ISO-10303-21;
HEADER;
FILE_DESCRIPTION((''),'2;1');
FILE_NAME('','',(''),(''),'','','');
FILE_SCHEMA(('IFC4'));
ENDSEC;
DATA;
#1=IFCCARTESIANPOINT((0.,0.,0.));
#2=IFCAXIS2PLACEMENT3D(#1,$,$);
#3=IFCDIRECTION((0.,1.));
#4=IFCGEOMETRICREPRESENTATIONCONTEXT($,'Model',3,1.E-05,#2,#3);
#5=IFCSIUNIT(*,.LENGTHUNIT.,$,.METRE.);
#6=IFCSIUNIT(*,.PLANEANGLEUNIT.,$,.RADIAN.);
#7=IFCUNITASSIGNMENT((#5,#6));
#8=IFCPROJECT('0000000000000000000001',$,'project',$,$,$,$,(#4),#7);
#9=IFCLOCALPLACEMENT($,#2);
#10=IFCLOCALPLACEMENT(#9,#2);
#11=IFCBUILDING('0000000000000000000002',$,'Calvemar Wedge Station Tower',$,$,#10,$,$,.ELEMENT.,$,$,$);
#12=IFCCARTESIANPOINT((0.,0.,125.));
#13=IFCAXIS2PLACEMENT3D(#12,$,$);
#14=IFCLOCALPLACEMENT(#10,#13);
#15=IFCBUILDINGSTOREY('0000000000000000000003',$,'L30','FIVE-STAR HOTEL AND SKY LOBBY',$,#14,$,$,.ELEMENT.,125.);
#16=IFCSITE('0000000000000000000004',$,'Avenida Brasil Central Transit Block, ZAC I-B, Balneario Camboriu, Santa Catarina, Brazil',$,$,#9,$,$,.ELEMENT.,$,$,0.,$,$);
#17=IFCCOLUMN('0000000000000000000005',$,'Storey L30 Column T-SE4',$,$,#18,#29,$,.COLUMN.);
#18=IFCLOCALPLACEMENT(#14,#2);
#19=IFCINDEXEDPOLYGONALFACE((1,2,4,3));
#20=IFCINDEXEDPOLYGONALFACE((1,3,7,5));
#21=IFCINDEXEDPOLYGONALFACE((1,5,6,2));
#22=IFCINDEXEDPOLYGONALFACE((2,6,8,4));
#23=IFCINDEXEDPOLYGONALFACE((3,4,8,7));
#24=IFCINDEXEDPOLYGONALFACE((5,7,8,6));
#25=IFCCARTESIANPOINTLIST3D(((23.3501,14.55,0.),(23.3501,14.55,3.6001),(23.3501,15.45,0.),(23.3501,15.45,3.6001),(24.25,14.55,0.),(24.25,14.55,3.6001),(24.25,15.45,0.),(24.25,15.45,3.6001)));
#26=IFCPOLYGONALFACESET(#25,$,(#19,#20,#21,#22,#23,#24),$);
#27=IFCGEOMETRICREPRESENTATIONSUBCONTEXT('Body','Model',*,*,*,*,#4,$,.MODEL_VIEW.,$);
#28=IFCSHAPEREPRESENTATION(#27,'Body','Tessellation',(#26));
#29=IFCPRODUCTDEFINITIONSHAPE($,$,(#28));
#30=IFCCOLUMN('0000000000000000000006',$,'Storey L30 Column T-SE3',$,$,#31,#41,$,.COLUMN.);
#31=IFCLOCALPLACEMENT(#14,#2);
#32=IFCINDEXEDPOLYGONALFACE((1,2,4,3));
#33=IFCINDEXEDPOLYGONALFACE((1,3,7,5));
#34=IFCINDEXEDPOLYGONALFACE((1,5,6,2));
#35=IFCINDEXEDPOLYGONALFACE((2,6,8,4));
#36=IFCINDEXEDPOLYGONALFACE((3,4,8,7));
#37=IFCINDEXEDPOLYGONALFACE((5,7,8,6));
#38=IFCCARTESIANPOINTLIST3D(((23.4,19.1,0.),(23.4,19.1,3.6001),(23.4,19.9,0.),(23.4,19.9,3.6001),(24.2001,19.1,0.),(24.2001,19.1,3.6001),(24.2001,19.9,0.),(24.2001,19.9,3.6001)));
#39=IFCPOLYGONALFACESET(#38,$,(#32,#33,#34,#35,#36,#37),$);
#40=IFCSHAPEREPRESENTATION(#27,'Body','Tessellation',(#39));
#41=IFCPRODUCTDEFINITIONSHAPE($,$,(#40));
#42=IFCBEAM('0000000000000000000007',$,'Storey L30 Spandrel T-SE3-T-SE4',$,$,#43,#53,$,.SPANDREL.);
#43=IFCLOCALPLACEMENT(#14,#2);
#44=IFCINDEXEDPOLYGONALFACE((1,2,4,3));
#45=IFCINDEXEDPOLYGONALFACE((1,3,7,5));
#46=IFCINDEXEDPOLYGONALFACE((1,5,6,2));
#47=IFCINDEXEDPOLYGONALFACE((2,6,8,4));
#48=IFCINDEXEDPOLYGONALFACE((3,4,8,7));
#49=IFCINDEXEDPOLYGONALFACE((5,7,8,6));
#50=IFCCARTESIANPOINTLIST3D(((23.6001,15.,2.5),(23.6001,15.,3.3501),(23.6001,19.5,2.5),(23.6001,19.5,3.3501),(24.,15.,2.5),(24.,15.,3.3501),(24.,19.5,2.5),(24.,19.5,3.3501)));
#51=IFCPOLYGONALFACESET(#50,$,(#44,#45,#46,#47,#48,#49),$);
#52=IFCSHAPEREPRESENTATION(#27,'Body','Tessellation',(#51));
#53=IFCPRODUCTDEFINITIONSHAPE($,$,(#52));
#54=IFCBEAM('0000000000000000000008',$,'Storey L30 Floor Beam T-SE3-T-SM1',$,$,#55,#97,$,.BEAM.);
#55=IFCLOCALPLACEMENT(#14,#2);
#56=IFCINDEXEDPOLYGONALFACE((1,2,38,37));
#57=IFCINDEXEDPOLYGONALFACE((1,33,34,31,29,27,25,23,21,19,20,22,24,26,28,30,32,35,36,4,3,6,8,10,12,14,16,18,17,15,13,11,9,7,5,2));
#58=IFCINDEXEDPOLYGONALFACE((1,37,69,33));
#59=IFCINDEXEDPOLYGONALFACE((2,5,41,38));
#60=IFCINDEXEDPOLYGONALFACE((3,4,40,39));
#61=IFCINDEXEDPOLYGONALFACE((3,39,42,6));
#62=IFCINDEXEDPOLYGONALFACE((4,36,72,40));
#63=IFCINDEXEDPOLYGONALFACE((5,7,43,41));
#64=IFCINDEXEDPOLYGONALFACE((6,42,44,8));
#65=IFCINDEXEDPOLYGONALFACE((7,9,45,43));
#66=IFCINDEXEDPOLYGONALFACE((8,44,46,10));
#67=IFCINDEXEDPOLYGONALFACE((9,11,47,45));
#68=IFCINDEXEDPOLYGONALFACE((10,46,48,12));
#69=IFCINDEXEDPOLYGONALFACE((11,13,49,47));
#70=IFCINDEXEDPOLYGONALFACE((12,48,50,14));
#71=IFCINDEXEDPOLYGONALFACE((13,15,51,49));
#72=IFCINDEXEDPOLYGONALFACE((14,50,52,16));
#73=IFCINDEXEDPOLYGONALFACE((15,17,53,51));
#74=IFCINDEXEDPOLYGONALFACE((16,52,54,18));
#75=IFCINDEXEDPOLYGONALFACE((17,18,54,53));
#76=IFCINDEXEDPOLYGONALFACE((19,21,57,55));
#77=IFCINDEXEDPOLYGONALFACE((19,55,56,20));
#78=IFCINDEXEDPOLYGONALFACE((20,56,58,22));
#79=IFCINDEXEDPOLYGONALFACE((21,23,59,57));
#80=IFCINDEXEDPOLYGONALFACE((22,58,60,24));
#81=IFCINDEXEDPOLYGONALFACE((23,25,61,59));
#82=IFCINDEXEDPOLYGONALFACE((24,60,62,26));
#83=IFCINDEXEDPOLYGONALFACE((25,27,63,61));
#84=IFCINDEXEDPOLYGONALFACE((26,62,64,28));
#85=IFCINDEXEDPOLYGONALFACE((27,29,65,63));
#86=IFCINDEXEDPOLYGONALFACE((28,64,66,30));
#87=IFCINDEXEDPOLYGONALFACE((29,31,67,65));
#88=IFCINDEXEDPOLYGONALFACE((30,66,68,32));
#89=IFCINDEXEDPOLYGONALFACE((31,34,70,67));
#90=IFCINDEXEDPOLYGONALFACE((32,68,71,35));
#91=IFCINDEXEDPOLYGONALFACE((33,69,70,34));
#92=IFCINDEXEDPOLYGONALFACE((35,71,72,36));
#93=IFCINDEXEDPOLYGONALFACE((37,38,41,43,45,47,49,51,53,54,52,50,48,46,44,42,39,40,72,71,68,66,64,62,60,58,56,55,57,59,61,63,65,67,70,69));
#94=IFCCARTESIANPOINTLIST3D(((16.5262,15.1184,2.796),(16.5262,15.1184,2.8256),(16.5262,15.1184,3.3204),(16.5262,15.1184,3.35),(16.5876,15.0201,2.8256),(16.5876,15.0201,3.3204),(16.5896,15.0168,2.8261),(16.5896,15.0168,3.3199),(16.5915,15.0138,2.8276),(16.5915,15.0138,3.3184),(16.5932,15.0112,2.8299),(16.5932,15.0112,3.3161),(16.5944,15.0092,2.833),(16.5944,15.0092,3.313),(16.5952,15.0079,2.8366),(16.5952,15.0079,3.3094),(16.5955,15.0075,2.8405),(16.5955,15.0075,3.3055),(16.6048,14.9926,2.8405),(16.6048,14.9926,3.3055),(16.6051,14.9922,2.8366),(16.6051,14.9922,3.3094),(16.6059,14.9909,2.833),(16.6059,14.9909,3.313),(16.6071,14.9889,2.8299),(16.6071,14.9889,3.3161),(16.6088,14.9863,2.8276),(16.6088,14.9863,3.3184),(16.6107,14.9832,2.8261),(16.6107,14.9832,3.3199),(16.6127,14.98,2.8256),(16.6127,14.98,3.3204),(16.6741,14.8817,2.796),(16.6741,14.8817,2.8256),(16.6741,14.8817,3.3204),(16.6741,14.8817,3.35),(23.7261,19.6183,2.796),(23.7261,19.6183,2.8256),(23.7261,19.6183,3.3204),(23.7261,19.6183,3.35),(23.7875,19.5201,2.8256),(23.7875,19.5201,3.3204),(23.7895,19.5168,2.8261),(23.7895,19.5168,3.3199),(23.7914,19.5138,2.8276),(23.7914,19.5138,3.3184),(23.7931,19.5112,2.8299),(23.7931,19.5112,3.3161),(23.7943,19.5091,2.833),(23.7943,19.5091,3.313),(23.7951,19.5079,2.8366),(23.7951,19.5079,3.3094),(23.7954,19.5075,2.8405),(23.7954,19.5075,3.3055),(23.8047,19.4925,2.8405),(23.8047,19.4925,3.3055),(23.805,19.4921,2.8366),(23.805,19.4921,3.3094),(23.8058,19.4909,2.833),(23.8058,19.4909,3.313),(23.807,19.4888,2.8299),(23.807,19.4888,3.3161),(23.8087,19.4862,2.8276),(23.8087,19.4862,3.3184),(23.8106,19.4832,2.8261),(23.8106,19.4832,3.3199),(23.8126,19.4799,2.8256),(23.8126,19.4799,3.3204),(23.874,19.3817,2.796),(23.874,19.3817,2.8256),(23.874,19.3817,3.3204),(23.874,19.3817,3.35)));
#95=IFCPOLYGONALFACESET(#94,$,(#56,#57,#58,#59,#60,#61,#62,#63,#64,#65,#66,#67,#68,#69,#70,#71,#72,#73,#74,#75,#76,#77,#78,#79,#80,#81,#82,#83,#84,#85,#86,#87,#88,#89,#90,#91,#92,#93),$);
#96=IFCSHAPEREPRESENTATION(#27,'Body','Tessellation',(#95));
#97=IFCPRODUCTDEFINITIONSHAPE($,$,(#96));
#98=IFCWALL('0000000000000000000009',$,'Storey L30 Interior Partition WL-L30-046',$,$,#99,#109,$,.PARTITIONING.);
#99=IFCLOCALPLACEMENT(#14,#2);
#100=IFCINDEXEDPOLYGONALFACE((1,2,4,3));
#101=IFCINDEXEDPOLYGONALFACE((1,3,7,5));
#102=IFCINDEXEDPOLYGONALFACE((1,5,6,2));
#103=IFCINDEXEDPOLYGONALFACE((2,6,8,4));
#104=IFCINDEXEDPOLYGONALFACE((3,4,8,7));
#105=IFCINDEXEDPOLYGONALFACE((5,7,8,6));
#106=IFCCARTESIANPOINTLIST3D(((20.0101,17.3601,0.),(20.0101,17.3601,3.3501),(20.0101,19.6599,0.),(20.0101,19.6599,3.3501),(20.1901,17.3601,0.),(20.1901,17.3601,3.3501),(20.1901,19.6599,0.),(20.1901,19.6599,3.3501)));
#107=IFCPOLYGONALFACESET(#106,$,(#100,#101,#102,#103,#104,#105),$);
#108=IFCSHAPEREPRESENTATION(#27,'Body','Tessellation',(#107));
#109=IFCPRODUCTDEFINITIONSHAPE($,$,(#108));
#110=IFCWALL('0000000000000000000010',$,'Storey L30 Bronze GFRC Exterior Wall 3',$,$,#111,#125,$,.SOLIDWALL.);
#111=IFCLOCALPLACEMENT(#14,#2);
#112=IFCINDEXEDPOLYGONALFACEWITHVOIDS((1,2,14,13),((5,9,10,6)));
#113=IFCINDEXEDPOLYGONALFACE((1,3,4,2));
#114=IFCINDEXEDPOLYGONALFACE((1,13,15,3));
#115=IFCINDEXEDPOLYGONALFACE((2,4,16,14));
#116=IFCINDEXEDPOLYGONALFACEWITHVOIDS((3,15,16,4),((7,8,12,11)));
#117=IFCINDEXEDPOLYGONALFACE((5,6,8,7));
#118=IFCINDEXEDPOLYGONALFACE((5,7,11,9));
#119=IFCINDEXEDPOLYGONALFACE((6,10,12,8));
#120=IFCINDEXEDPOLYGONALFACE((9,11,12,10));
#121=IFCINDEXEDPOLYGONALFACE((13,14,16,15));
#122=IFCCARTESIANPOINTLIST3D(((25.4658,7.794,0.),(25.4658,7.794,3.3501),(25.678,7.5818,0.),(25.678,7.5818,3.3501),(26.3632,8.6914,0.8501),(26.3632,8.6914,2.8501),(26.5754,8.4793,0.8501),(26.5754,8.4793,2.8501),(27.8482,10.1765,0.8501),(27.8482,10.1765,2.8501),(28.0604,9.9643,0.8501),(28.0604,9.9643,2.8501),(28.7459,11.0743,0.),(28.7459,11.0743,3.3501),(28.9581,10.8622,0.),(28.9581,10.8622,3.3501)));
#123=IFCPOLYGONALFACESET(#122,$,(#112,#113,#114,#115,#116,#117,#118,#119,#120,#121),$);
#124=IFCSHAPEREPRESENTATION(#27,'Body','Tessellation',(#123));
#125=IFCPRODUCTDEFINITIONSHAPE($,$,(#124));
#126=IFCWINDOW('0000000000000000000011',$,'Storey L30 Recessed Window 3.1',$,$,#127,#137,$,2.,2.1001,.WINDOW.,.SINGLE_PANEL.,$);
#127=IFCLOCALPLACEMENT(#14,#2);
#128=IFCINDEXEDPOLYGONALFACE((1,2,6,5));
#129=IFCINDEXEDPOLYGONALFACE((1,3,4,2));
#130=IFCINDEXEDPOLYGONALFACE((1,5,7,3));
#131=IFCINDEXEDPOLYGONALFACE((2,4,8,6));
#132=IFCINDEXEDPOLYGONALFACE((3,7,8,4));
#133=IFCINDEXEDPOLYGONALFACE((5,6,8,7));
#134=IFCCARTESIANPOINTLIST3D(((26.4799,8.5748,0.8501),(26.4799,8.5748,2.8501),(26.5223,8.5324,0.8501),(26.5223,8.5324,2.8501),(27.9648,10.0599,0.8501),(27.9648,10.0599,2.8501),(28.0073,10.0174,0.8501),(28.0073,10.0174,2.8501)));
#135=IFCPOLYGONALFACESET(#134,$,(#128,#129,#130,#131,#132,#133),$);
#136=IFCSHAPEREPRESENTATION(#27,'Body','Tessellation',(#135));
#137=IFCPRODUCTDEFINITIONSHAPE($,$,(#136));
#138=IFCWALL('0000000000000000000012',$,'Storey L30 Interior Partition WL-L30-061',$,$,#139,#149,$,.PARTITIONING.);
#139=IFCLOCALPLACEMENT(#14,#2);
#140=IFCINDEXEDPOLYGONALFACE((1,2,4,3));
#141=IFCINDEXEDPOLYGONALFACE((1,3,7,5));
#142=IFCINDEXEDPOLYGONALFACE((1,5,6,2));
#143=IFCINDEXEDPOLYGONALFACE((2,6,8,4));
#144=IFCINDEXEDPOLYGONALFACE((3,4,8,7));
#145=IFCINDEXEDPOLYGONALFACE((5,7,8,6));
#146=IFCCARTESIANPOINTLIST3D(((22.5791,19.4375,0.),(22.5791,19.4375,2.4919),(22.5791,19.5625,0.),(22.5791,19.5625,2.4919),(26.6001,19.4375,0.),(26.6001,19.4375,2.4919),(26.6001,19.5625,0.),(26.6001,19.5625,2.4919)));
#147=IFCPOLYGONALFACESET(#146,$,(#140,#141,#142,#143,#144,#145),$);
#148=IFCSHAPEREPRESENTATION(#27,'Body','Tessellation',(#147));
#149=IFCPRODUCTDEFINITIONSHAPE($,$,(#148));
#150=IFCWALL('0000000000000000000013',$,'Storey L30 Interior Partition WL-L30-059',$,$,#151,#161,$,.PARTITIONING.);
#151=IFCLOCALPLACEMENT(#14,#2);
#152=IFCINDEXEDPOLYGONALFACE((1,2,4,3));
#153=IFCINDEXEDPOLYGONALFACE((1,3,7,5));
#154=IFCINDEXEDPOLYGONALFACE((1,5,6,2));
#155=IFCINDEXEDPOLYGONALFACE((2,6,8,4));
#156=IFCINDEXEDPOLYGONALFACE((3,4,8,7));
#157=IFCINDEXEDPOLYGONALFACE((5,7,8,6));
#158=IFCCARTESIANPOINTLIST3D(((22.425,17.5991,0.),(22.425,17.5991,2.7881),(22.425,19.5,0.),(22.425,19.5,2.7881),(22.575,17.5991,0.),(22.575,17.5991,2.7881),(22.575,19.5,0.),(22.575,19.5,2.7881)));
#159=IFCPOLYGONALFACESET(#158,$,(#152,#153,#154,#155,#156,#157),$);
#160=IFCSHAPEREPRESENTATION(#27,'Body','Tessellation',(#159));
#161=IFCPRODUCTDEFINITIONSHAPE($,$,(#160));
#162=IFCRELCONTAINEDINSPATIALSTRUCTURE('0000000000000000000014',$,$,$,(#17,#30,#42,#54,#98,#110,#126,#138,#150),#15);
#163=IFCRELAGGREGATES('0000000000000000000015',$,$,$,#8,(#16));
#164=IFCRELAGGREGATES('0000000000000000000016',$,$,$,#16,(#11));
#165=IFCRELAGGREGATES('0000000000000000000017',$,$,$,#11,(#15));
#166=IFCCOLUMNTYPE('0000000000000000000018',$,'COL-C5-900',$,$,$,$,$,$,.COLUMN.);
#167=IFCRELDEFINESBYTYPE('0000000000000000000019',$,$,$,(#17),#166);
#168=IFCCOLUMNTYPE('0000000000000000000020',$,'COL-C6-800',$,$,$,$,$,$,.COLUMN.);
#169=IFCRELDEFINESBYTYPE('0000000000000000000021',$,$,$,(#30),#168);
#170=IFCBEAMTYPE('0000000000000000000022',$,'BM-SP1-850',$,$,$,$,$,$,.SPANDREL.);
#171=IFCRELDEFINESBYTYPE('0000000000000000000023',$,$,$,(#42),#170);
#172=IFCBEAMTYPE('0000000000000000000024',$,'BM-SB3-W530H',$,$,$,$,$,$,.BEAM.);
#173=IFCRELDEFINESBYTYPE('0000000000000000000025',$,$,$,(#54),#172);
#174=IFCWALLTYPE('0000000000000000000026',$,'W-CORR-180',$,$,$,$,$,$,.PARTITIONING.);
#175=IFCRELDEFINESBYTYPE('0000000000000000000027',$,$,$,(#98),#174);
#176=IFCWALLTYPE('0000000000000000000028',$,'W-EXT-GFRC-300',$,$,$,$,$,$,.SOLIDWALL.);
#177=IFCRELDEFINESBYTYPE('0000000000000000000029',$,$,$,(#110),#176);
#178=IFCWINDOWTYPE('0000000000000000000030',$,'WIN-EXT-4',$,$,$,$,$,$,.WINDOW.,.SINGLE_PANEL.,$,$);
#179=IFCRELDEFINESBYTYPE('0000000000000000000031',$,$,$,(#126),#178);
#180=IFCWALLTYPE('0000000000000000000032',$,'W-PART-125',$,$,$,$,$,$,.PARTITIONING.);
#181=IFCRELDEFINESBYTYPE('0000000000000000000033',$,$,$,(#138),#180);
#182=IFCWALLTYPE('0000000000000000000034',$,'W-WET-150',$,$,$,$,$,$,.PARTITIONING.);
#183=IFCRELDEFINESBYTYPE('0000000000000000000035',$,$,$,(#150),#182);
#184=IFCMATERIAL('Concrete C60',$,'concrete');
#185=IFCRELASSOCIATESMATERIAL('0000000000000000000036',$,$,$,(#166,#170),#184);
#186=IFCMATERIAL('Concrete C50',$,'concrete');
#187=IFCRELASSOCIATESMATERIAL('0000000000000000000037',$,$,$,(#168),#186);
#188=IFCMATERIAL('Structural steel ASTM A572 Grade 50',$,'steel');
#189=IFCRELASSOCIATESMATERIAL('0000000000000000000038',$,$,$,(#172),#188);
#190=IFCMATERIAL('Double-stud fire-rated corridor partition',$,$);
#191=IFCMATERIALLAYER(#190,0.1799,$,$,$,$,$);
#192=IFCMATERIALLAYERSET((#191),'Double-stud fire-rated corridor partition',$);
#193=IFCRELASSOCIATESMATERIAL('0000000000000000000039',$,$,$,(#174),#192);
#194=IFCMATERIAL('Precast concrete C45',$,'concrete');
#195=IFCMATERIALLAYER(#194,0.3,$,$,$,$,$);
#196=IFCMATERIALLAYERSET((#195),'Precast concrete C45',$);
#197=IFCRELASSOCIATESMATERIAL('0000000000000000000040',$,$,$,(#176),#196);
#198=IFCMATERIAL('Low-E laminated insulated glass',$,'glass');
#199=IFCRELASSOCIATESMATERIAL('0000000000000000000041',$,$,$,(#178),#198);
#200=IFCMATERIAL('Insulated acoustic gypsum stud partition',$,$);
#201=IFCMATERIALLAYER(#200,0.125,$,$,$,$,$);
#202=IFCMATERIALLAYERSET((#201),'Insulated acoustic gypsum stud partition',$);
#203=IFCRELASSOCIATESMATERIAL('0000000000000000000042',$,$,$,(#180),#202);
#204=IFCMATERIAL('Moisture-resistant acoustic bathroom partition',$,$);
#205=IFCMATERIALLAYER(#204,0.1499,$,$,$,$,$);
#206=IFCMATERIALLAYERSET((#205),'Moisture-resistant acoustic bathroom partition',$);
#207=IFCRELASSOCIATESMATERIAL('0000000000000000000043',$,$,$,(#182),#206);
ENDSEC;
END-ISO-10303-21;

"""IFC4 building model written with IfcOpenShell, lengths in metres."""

from ifc_helpers import new_model, si_unit, direction, frame, frame_2d, origin, origin_2d, place, context, subcontext, project, spatial, rectangle, i_section, extrude, source, transform, mapped, material, layer, layer_set, material_profile, profile_set, type_object, element, fill, save


model = new_model("IFC4")

# Units and contexts
model_context = context("Model", 3, precision=1e-05, world=origin(), true_north=direction((0.0, 1.0)))
body_context = subcontext(model_context, "Body", "Model", "MODEL_VIEW")
ifc_project = project(units=[si_unit("LENGTHUNIT", "METRE"), si_unit("PLANEANGLEUNIT", "RADIAN")], contexts=[model_context])

# Site, building, storey
site_placement = place(None, origin())
site = spatial("IfcSite", under=ifc_project, at=site_placement, Name="Avenida Brasil Central Transit Block, ZAC I-B, Balneario Camboriu, Santa Catarina, Brazil", CompositionType="ELEMENT", RefElevation=0.0)
building_placement = place(site_placement, origin())
building = spatial("IfcBuilding", under=site, at=building_placement, Name="Calvemar Wedge Station Tower", CompositionType="ELEMENT")
storey_placement = place(building_placement, frame((0.0, 0.0, 125.0)))
storey = spatial("IfcBuildingStorey", under=building, at=storey_placement, Name="L30", Description="FIVE-STAR HOTEL AND SKY LOBBY", CompositionType="ELEMENT", Elevation=125.0)

# Columns
ifc_material_1 = material(Name="Concrete C60", Category="concrete")
ifc_material_profile_1 = material_profile(ifc_material_1, rectangle(XDim=0.8999, YDim=0.8999, at=origin_2d()), Name="RC900x900")
ifc_profile_set_1 = profile_set([ifc_material_profile_1], Name="Concrete C60")
column_type_1 = type_object("IfcColumnType", Name="COL-C5-900", PredefinedType="COLUMN", material=ifc_profile_set_1)
shared_shape_1 = source(origin(), body_context, "Body", "SweptSolid", [
    extrude(rectangle(XDim=0.8999, YDim=0.8999, at=origin_2d()), origin(), (0.0, 0.0, 1.0), 3.6001),
])
column_1_placement = place(storey_placement, frame((23.8, 15.0, 0.0), z_axis=(0.0, 0.0, 1.0), x_axis=(1.0, 0.0, 0.0)))
element("IfcColumn", 1, at=column_1_placement, inside=storey, type_object=column_type_1, Name="Storey L30 Column T-SE4", PredefinedType="COLUMN", context=body_context, shape_type="MappedRepresentation", body=[
    mapped(shared_shape_1, transform((0.0, 0.0, 0.0), scale=1.0)),
])
ifc_material_2 = material(Name="Concrete C50", Category="concrete")
ifc_material_profile_2 = material_profile(ifc_material_2, rectangle(XDim=0.8, YDim=0.8, at=origin_2d()), Name="RC800x800")
ifc_profile_set_2 = profile_set([ifc_material_profile_2], Name="Concrete C50")
column_type_2 = type_object("IfcColumnType", Name="COL-C6-800", PredefinedType="COLUMN", material=ifc_profile_set_2)
shared_shape_2 = source(origin(), body_context, "Body", "SweptSolid", [
    extrude(rectangle(XDim=0.8, YDim=0.8, at=origin_2d()), origin(), (0.0, 0.0, 1.0), 3.6001),
])
column_2_placement = place(storey_placement, frame((23.8, 19.5, 0.0), z_axis=(0.0, 0.0, 1.0), x_axis=(1.0, 0.0, 0.0)))
element("IfcColumn", 2, at=column_2_placement, inside=storey, type_object=column_type_2, Name="Storey L30 Column T-SE3", PredefinedType="COLUMN", context=body_context, shape_type="MappedRepresentation", body=[
    mapped(shared_shape_2, transform((0.0, 0.0, 0.0), scale=1.0)),
])

# Beams
ifc_material_profile_3 = material_profile(ifc_material_1, rectangle(XDim=0.3999, YDim=0.8501, at=origin_2d()), Name="RC400x850")
ifc_profile_set_3 = profile_set([ifc_material_profile_3], Name="Concrete C60")
beam_type_1 = type_object("IfcBeamType", Name="BM-SP1-850", PredefinedType="SPANDREL", material=ifc_profile_set_3)
shared_shape_3 = source(origin(), body_context, "Body", "SweptSolid", [
    extrude(rectangle(XDim=0.3999, YDim=0.8501, at=origin_2d()), origin(), (0.0, 0.0, 1.0), 4.5),
])
beam_1_placement = place(storey_placement, frame((23.8, 19.5, 2.925), z_axis=(0.0, -1.0, 0.0), x_axis=(1.0, 0.0, 0.0)))
element("IfcBeam", 3, at=beam_1_placement, inside=storey, type_object=beam_type_1, Name="Storey L30 Spandrel T-SE3-T-SE4", PredefinedType="SPANDREL", context=body_context, shape_type="MappedRepresentation", body=[
    mapped(shared_shape_3, transform((0.0, 0.0, 0.0), scale=1.0)),
])
ifc_material_3 = material(Name="Structural steel ASTM A572 Grade 50", Category="steel")
ifc_material_profile_4 = material_profile(ifc_material_3, i_section(OverallWidth=0.2791, OverallDepth=0.554, WebThickness=0.0176, FlangeThickness=0.0295, FilletRadius=0.0149, at=origin_2d()), Name="W530x196")
ifc_profile_set_4 = profile_set([ifc_material_profile_4], Name="Structural steel ASTM A572 Grade 50")
beam_type_2 = type_object("IfcBeamType", Name="BM-SB3-W530H", PredefinedType="BEAM", material=ifc_profile_set_4)
shared_shape_4 = source(origin(), body_context, "Body", "SweptSolid", [
    extrude(i_section(OverallWidth=0.2791, OverallDepth=0.554, WebThickness=0.0176, FlangeThickness=0.0295, FilletRadius=0.0149, at=origin_2d()), origin(), (0.0, 0.0, 1.0), 8.4905),
])
beam_2_placement = place(storey_placement, frame((23.8, 19.5, 3.073), z_axis=(-0.847997, -0.530002, 0.0), x_axis=(0.530002, -0.847997, 0.0)))
element("IfcBeam", 4, at=beam_2_placement, inside=storey, type_object=beam_type_2, Name="Storey L30 Floor Beam T-SE3-T-SM1", PredefinedType="BEAM", context=body_context, shape_type="MappedRepresentation", body=[
    mapped(shared_shape_4, transform((0.0, 0.0, 0.0), scale=1.0)),
])

# Shared definitions
ifc_material_4 = material(Name="Double-stud fire-rated corridor partition")
ifc_layer_1 = layer(ifc_material_4, 0.1799)
ifc_layer_set_1 = layer_set([ifc_layer_1], Name="Double-stud fire-rated corridor partition")
wall_type_1 = type_object("IfcWallType", Name="W-CORR-180", PredefinedType="PARTITIONING", material=ifc_layer_set_1)

# Wall
wall_1_placement = place(storey_placement, frame((20.1001, 19.6599, 0.0), z_axis=(0.0, 0.0, 1.0), x_axis=(0.0, -1.0, 0.0)))
element("IfcWall", 5, at=wall_1_placement, inside=storey, type_object=wall_type_1, Name="Storey L30 Interior Partition WL-L30-046", PredefinedType="PARTITIONING", context=body_context, shape_type="SweptSolid", body=[
    extrude(rectangle(XDim=2.2998, YDim=0.1799, at=frame_2d((1.1499, 0.0))), origin(), (0.0, 0.0, 1.0), 3.3501),
])

# Wall, opening, window
ifc_material_5 = material(Name="Precast concrete C45", Category="concrete")
ifc_layer_2 = layer(ifc_material_5, 0.3)
ifc_layer_set_2 = layer_set([ifc_layer_2], Name="Precast concrete C45")
wall_type_2 = type_object("IfcWallType", Name="W-EXT-GFRC-300", PredefinedType="SOLIDWALL", material=ifc_layer_set_2)
wall_2_placement = place(storey_placement, frame((25.572, 7.688, 0.0), z_axis=(0.0, 0.0, 1.0), x_axis=(0.70708, 0.707133, 0.0)))
wall_2 = element("IfcWall", 6, at=wall_2_placement, inside=storey, type_object=wall_type_2, Name="Storey L30 Bronze GFRC Exterior Wall 3", PredefinedType="SOLIDWALL", context=body_context, shape_type="SweptSolid", body=[
    extrude(rectangle(XDim=4.6389, YDim=0.3, at=frame_2d((2.3193, 0.0))), origin(), (0.0, 0.0, 1.0), 3.3501),
])
shared_shape_5 = source(origin(), body_context, "Body", "SweptSolid", [
    extrude(rectangle(XDim=2.1001, YDim=2.0, at=frame_2d((1.05, 1.0))), frame((0.0, 0.1602, 0.0), z_axis=(0.0, -1.0, 0.0), x_axis=(1.0, 0.0, 0.0)), (0.0, 0.0, 1.0), 0.3201),
])
opening_1_placement = place(wall_2_placement, frame((1.269, 0.0, 0.8501)))
opening_1 = element("IfcOpeningElement", 7, at=opening_1_placement, cuts=wall_2, PredefinedType="OPENING", context=body_context, shape_type="MappedRepresentation", body=[
    mapped(shared_shape_5, transform((0.0, 0.0, 0.0), scale=1.0)),
])
ifc_material_6 = material(Name="Low-E laminated insulated glass", Category="glass")
window_type = type_object("IfcWindowType", Name="WIN-EXT-4", PartitioningType="SINGLE_PANEL", PredefinedType="WINDOW", material=ifc_material_6)
shared_shape_6 = source(origin(), body_context, "Body", "SweptSolid", [
    extrude(rectangle(XDim=2.1001, YDim=2.0, at=frame_2d((1.05, 1.0))), frame((0.0, -0.0149, 0.0), z_axis=(0.0, -1.0, 0.0), x_axis=(1.0, 0.0, 0.0)), (0.0, 0.0, 1.0), 0.0601),
])
window_placement = place(opening_1_placement, origin())
window = element("IfcWindow", 8, at=window_placement, inside=storey, type_object=window_type, Name="Storey L30 Recessed Window 3.1", OverallHeight=2.0, OverallWidth=2.1001, PartitioningType="SINGLE_PANEL", PredefinedType="WINDOW", context=body_context, shape_type="MappedRepresentation", body=[
    mapped(shared_shape_6, transform((0.0, 0.0, 0.0), scale=1.0)),
])
fill(opening_1, window)

# Wall
ifc_material_7 = material(Name="Insulated acoustic gypsum stud partition")
ifc_layer_3 = layer(ifc_material_7, 0.125)
ifc_layer_set_3 = layer_set([ifc_layer_3], Name="Insulated acoustic gypsum stud partition")
wall_type_3 = type_object("IfcWallType", Name="W-PART-125", PredefinedType="PARTITIONING", material=ifc_layer_set_3)
wall_3_placement = place(storey_placement, frame((22.5791, 19.5, 0.0), z_axis=(0.0, 0.0, 1.0), x_axis=(1.0, 0.0, 0.0)))
element("IfcWall", 9, at=wall_3_placement, inside=storey, type_object=wall_type_3, Name="Storey L30 Interior Partition WL-L30-061", PredefinedType="PARTITIONING", context=body_context, shape_type="SweptSolid", body=[
    extrude(rectangle(XDim=4.021, YDim=0.125, at=frame_2d((2.0105, 0.0))), origin(), (0.0, 0.0, 1.0), 2.4919),
])

# Shared definitions
ifc_material_8 = material(Name="Moisture-resistant acoustic bathroom partition")
ifc_layer_4 = layer(ifc_material_8, 0.1499)
ifc_layer_set_4 = layer_set([ifc_layer_4], Name="Moisture-resistant acoustic bathroom partition")
wall_type_4 = type_object("IfcWallType", Name="W-WET-150", PredefinedType="PARTITIONING", material=ifc_layer_set_4)

# Wall
wall_4_placement = place(storey_placement, frame((22.5, 19.5, 0.0), z_axis=(0.0, 0.0, 1.0), x_axis=(0.0, -1.0, 0.0)))
element("IfcWall", 10, at=wall_4_placement, inside=storey, type_object=wall_type_4, Name="Storey L30 Interior Partition WL-L30-059", PredefinedType="PARTITIONING", context=body_context, shape_type="SweptSolid", body=[
    extrude(rectangle(XDim=1.9009, YDim=0.1499, at=frame_2d((0.9504, 0.0))), origin(), (0.0, 0.0, 1.0), 2.7881),
])

save(model, "model.ifc")
